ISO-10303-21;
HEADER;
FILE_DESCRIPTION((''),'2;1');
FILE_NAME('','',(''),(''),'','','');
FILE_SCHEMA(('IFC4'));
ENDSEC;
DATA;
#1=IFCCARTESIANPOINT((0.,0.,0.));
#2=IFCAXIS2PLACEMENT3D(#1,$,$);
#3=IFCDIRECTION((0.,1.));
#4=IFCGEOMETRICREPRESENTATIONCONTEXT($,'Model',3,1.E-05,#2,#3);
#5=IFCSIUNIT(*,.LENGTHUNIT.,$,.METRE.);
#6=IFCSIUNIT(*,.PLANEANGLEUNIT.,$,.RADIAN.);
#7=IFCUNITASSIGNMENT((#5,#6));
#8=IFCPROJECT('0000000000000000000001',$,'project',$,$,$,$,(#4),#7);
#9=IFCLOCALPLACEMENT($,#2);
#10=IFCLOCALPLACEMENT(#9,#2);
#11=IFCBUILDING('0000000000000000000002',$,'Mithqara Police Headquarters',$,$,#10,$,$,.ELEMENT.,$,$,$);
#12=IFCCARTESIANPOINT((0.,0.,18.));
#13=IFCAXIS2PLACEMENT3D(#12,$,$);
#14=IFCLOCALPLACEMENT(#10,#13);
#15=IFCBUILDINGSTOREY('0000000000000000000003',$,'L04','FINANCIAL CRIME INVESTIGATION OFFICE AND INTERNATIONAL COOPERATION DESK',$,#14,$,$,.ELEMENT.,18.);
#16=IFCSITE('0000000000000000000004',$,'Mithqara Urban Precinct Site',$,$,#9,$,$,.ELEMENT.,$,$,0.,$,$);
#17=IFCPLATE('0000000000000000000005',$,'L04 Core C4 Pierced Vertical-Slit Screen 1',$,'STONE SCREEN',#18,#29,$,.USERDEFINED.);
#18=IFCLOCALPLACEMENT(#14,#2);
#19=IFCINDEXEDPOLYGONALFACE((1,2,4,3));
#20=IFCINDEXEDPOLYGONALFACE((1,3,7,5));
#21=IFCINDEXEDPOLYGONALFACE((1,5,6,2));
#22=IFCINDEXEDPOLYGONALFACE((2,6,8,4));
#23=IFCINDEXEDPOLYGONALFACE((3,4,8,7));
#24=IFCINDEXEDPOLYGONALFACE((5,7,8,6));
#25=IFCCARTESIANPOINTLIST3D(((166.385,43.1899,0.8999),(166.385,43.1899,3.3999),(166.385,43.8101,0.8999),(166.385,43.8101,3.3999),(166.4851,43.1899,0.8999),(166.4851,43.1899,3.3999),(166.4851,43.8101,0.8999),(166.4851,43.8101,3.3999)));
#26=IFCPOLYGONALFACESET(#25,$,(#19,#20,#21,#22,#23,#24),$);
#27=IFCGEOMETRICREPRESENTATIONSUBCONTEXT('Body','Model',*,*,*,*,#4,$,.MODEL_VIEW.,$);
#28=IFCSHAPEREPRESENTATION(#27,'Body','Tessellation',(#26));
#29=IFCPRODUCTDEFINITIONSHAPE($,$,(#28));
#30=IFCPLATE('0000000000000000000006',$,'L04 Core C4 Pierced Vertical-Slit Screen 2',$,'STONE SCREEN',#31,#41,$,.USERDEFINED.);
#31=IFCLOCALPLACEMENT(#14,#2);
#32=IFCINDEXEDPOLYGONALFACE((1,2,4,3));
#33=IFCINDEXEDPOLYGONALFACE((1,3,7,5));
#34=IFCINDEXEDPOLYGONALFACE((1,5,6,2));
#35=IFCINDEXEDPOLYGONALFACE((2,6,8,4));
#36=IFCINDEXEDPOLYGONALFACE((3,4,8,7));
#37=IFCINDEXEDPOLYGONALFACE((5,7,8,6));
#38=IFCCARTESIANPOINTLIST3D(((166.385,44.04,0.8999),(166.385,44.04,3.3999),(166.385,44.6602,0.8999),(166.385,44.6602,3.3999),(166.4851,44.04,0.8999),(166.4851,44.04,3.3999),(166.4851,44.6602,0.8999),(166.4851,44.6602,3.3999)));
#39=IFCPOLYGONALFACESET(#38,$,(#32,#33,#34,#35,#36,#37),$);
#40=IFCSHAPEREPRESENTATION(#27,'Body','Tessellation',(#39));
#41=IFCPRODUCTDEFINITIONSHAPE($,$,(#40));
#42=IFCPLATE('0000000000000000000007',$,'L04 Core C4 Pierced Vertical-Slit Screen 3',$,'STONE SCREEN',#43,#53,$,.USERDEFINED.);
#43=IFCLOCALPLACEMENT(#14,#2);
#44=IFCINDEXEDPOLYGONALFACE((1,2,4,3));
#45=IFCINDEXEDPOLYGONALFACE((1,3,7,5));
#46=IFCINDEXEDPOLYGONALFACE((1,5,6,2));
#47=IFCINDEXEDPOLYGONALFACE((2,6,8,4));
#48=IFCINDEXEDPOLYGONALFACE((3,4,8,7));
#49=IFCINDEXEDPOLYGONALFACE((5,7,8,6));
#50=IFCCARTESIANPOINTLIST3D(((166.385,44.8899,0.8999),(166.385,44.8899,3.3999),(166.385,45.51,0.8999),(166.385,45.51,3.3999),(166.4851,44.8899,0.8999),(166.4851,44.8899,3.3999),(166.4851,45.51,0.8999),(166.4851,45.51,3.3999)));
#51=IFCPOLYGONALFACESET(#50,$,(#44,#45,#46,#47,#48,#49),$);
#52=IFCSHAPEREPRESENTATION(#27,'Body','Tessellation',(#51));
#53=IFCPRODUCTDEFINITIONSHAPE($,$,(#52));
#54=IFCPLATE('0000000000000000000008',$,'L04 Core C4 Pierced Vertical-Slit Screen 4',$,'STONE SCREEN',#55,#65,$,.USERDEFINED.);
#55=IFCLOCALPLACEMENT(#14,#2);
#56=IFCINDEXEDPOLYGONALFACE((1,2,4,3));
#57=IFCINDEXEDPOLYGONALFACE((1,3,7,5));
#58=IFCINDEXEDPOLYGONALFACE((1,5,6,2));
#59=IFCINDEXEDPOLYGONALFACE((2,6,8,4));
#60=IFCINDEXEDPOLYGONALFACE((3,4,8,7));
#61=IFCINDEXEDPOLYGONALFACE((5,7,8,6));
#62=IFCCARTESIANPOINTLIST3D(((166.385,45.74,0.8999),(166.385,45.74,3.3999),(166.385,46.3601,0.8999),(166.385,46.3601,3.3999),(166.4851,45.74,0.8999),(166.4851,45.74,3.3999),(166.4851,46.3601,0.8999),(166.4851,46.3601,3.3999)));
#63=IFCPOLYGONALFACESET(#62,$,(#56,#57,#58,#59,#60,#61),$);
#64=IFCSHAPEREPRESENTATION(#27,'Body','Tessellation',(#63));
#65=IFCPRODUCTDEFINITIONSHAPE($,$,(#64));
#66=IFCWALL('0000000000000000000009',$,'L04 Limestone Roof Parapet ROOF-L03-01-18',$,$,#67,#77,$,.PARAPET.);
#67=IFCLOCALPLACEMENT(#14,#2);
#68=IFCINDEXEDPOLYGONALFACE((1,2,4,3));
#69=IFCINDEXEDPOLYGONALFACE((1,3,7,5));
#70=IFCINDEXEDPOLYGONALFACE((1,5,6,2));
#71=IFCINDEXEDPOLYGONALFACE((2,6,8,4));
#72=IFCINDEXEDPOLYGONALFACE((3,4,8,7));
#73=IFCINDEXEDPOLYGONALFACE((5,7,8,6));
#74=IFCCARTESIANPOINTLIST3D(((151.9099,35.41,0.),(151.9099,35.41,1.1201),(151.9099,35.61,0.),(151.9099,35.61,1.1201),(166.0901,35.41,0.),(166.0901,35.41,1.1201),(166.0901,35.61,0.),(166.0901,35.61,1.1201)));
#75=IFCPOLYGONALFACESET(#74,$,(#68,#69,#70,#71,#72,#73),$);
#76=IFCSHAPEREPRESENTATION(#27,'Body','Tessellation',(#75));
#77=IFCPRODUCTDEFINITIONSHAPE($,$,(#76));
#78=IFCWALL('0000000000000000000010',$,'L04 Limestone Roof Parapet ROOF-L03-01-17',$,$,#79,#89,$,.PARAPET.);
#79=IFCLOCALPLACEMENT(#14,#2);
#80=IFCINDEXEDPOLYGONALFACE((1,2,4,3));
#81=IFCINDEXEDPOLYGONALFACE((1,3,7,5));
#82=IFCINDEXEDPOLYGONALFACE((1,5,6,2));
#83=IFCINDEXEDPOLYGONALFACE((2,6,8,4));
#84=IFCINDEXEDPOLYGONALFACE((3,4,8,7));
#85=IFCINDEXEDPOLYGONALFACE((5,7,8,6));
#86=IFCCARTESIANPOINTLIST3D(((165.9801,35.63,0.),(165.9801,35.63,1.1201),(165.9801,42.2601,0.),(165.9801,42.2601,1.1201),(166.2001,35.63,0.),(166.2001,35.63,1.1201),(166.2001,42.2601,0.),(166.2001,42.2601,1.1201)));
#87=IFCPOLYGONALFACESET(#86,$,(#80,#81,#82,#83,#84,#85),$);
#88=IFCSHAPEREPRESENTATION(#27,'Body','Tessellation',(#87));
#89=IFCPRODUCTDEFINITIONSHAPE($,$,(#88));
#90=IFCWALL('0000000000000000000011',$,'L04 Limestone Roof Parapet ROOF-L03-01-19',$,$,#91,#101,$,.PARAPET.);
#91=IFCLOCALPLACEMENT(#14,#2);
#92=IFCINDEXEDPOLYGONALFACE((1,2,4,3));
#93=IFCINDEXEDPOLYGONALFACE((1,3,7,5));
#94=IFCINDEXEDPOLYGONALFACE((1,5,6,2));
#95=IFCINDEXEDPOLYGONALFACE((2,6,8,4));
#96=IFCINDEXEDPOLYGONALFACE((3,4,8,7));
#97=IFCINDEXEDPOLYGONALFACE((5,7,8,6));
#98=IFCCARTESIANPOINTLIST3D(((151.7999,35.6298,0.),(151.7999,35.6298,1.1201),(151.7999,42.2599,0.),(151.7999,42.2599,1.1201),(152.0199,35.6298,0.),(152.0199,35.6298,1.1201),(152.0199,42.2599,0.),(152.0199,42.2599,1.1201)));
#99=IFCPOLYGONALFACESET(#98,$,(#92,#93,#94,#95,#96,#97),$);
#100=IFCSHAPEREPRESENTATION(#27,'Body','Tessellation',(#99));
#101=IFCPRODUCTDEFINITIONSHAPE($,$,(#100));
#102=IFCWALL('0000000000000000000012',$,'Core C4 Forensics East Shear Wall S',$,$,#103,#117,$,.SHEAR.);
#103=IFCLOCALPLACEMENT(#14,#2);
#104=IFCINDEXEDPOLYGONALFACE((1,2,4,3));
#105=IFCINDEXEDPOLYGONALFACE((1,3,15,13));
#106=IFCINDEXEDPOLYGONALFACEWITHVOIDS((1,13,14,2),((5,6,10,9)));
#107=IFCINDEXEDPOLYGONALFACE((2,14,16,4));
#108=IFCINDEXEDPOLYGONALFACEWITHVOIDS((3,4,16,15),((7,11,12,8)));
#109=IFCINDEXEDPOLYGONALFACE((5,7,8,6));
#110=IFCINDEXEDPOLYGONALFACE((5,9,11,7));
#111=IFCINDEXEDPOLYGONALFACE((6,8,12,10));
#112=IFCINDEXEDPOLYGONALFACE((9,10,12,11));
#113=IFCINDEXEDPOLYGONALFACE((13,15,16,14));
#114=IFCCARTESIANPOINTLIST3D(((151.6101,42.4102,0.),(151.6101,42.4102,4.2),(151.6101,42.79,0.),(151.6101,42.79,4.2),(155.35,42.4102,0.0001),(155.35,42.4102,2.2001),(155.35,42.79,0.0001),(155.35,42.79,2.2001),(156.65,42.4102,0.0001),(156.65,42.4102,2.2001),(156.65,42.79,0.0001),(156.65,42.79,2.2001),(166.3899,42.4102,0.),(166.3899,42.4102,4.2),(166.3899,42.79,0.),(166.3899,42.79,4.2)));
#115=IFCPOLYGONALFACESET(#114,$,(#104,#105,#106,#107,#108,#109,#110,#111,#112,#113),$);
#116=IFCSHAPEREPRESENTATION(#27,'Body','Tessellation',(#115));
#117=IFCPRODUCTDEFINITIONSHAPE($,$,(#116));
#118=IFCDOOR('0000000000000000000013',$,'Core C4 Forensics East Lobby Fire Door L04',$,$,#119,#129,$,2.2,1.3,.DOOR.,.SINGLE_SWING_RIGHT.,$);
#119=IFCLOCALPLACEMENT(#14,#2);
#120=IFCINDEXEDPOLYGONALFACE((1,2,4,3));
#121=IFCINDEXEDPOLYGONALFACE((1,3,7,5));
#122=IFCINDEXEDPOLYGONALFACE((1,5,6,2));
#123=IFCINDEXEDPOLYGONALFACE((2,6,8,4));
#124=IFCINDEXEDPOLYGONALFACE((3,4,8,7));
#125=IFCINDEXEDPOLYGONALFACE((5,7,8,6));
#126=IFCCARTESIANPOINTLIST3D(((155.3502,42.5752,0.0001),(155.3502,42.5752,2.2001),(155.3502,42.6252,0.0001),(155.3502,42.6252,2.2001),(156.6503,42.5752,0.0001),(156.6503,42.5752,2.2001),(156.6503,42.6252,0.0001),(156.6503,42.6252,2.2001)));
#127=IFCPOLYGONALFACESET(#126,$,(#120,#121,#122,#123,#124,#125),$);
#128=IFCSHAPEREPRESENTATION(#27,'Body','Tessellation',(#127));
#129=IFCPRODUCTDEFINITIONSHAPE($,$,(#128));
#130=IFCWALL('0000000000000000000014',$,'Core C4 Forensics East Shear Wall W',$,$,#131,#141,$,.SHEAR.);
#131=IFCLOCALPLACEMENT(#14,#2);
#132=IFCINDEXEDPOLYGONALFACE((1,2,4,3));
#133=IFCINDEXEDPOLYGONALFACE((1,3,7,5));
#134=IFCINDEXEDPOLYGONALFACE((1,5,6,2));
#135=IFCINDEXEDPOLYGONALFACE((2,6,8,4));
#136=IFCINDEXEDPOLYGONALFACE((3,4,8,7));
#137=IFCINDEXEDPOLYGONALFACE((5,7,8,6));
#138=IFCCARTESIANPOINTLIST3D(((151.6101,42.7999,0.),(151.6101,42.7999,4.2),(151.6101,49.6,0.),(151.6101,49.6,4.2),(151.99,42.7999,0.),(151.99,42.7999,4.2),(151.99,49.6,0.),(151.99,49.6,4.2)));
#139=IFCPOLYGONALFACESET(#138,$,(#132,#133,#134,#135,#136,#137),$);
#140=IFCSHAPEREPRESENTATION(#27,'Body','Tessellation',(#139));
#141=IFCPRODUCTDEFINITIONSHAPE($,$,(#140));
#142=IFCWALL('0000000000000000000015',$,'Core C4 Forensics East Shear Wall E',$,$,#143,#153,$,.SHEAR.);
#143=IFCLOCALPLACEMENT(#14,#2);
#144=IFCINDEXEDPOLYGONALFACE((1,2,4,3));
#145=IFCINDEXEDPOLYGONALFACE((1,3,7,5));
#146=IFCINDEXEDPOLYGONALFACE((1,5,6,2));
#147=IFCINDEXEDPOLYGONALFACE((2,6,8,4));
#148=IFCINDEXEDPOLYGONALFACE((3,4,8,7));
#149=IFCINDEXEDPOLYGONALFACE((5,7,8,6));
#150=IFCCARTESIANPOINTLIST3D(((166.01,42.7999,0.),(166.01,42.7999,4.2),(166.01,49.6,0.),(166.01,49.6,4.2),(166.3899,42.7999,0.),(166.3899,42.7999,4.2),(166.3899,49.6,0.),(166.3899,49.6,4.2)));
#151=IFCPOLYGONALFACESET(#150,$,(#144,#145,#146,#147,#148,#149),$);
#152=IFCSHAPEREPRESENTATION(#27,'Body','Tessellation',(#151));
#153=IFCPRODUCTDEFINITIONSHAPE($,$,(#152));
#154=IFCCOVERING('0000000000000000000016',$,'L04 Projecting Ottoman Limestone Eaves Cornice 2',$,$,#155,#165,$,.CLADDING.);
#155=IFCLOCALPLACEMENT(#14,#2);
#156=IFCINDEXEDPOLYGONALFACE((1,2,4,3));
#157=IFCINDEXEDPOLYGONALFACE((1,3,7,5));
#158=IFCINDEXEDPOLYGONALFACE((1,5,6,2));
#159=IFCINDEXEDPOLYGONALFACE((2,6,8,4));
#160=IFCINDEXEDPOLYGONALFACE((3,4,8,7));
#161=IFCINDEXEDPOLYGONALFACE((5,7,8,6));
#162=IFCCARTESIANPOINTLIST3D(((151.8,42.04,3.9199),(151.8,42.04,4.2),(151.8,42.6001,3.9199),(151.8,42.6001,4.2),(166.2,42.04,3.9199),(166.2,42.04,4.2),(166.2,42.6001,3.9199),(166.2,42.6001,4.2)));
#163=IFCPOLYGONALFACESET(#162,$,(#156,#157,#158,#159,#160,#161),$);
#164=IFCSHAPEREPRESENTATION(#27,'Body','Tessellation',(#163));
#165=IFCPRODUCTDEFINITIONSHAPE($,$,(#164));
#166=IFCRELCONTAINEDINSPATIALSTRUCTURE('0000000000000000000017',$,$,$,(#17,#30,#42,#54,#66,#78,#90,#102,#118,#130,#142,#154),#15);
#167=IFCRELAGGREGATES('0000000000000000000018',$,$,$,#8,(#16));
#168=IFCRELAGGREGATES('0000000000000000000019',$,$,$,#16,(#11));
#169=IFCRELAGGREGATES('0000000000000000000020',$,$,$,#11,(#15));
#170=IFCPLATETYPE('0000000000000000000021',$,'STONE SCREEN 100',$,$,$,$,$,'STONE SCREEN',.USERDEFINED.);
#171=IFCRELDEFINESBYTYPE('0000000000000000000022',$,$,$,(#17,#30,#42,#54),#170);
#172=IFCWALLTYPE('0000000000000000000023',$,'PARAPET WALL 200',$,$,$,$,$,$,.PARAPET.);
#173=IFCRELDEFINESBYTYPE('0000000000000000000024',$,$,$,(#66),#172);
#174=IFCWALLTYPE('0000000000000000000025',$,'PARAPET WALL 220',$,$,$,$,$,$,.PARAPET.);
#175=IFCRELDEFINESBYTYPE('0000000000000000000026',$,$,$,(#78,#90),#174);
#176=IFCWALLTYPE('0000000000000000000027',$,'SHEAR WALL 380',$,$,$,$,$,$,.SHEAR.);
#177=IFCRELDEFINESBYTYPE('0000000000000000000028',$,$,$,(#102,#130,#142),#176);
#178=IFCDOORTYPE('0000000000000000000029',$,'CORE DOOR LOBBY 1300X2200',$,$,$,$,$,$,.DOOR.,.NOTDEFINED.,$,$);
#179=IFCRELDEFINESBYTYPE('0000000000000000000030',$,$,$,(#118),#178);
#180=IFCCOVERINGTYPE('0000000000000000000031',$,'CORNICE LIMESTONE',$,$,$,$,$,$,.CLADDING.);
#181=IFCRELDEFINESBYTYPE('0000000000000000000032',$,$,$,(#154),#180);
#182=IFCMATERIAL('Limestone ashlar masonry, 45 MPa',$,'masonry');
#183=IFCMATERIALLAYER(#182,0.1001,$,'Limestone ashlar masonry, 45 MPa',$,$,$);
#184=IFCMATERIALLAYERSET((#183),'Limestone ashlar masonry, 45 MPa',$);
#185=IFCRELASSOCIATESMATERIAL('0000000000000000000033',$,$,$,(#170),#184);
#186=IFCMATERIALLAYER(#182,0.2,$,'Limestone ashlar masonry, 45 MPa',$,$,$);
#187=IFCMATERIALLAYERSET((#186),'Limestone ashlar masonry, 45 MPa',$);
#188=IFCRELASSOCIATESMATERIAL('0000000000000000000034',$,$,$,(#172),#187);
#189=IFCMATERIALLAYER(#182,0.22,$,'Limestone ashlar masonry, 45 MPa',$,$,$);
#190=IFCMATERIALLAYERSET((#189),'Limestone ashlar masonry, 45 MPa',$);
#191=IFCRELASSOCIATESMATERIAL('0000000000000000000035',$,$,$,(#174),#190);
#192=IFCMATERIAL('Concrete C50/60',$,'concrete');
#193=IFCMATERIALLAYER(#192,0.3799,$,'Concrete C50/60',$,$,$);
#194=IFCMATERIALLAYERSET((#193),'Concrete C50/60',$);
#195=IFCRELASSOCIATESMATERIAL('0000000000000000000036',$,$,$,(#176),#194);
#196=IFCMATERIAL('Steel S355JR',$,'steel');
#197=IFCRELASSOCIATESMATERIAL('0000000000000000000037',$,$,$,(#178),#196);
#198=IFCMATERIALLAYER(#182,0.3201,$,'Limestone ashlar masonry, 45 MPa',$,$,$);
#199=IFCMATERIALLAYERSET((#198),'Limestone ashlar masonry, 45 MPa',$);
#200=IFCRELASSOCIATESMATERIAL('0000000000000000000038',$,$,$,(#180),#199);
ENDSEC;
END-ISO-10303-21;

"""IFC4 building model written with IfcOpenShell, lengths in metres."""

from ifc_helpers import new_model, si_unit, direction, frame, frame_2d, origin, origin_2d, place, context, subcontext, project, spatial, rectangle, extrude, material, layer, layer_set, type_object, element, fill, save


model = new_model("IFC4")

# Units and contexts
model_context = context("Model", 3, precision=1e-05, world=origin(), true_north=direction((0.0, 1.0)))
body_context = subcontext(model_context, "Body", "Model", "MODEL_VIEW")
ifc_project = project(units=[si_unit("LENGTHUNIT", "METRE"), si_unit("PLANEANGLEUNIT", "RADIAN")], contexts=[model_context])

# Site, building, storey
site_placement = place(None, origin())
site = spatial("IfcSite", under=ifc_project, at=site_placement, Name="Mithqara Urban Precinct Site", CompositionType="ELEMENT", RefElevation=0.0)
building_placement = place(site_placement, origin())
building = spatial("IfcBuilding", under=site, at=building_placement, Name="Mithqara Police Headquarters", CompositionType="ELEMENT")
storey_placement = place(building_placement, frame((0.0, 0.0, 18.0)))
storey = spatial("IfcBuildingStorey", under=building, at=storey_placement, Name="L04", Description="FINANCIAL CRIME INVESTIGATION OFFICE AND INTERNATIONAL COOPERATION DESK", CompositionType="ELEMENT", Elevation=18.0)

# Plates
ifc_material_1 = material(Name="Limestone ashlar masonry, 45 MPa", Category="masonry")
ifc_layer_1 = layer(ifc_material_1, 0.1001, Name="Limestone ashlar masonry, 45 MPa")
ifc_layer_set_1 = layer_set([ifc_layer_1], Name="Limestone ashlar masonry, 45 MPa")
plate_type = type_object("IfcPlateType", Name="STONE SCREEN 100", ElementType="STONE SCREEN", PredefinedType="USERDEFINED", material=ifc_layer_set_1)
for number, where, z_axis, x_axis, name in (
    (1, (166.4351, 43.5, 0.8999), (0.0, 0.0, 1.0), (0.0, 1.0, 0.0), "L04 Core C4 Pierced Vertical-Slit Screen 1"),
    (2, (166.4351, 44.3501, 0.8999), (0.0, 0.0, 1.0), (0.0, 1.0, 0.0), "L04 Core C4 Pierced Vertical-Slit Screen 2"),
    (3, (166.4351, 45.2, 0.8999), (0.0, 0.0, 1.0), (0.0, 1.0, 0.0), "L04 Core C4 Pierced Vertical-Slit Screen 3"),
    (4, (166.4351, 46.05, 0.8999), (0.0, 0.0, 1.0), (0.0, 1.0, 0.0), "L04 Core C4 Pierced Vertical-Slit Screen 4"),
):
    element("IfcPlate", number, at=place(storey_placement, frame(where, z_axis=z_axis, x_axis=x_axis)), inside=storey, type_object=plate_type, Name=name, ObjectType="STONE SCREEN", PredefinedType="USERDEFINED", context=body_context, shape_type="SweptSolid", body=[
        extrude(rectangle(XDim=0.6201, YDim=0.1001, at=origin_2d()), origin(), (0.0, 0.0, 1.0), 2.5),
    ])

# Walls
ifc_layer_2 = layer(ifc_material_1, 0.2, Name="Limestone ashlar masonry, 45 MPa")
ifc_layer_set_2 = layer_set([ifc_layer_2], Name="Limestone ashlar masonry, 45 MPa")
wall_type_1 = type_object("IfcWallType", Name="PARAPET WALL 200", PredefinedType="PARAPET", material=ifc_layer_set_2)
wall_1_placement = place(storey_placement, frame((166.0901, 35.51, 0.0), z_axis=(0.0, 0.0, 1.0), x_axis=(-1.0, 0.0, 0.0)))
element("IfcWall", 5, at=wall_1_placement, inside=storey, type_object=wall_type_1, Name="L04 Limestone Roof Parapet ROOF-L03-01-18", PredefinedType="PARAPET", context=body_context, shape_type="SweptSolid", body=[
    extrude(rectangle(XDim=14.1802, YDim=0.2, at=frame_2d((7.0901, 0.0))), origin(), (0.0, 0.0, 1.0), 1.1201),
])
ifc_layer_3 = layer(ifc_material_1, 0.22, Name="Limestone ashlar masonry, 45 MPa")
ifc_layer_set_3 = layer_set([ifc_layer_3], Name="Limestone ashlar masonry, 45 MPa")
wall_type_2 = type_object("IfcWallType", Name="PARAPET WALL 220", PredefinedType="PARAPET", material=ifc_layer_set_3)
for number, where, z_axis, x_axis, name in (
    (6, (166.0901, 42.26, 0.0), (0.0, 0.0, 1.0), (0.0, -1.0, 0.0), "L04 Limestone Roof Parapet ROOF-L03-01-17"),
    (7, (151.9099, 35.6299, 0.0), (0.0, 0.0, 1.0), (0.0, 1.0, 0.0), "L04 Limestone Roof Parapet ROOF-L03-01-19"),
):
    element("IfcWall", number, at=place(storey_placement, frame(where, z_axis=z_axis, x_axis=x_axis)), inside=storey, type_object=wall_type_2, Name=name, PredefinedType="PARAPET", context=body_context, shape_type="SweptSolid", body=[
        extrude(rectangle(XDim=6.6301, YDim=0.22, at=frame_2d((3.3149, 0.0))), origin(), (0.0, 0.0, 1.0), 1.1201),
    ])

# Wall, opening, door
ifc_material_2 = material(Name="Concrete C50/60", Category="concrete")
ifc_layer_4 = layer(ifc_material_2, 0.3799, Name="Concrete C50/60")
ifc_layer_set_4 = layer_set([ifc_layer_4], Name="Concrete C50/60")
wall_type_3 = type_object("IfcWallType", Name="SHEAR WALL 380", PredefinedType="SHEAR", material=ifc_layer_set_4)
wall_2_placement = place(storey_placement, frame((151.6101, 42.6001, 0.0), z_axis=(0.0, 0.0, 1.0), x_axis=(1.0, 0.0, 0.0)))
wall_2 = element("IfcWall", 8, at=wall_2_placement, inside=storey, type_object=wall_type_3, Name="Core C4 Forensics East Shear Wall S", PredefinedType="SHEAR", context=body_context, shape_type="SweptSolid", body=[
    extrude(rectangle(XDim=14.7798, YDim=0.3799, at=frame_2d((7.3899, 0.0))), origin(), (0.0, 0.0, 1.0), 4.2),
])
opening_1_placement = place(wall_2_placement, frame((3.74, 0.0, 0.0)))
opening_1 = element("IfcOpeningElement", 9, at=opening_1_placement, cuts=wall_2, PredefinedType="OPENING", context=body_context, shape_type="SweptSolid", body=[
    extrude(rectangle(XDim=1.3, YDim=2.2, at=frame_2d((0.6499, 1.1001))), frame((0.0, 0.2, 0.0), z_axis=(0.0, -1.0, 0.0), x_axis=(1.0, 0.0, 0.0)), (0.0, 0.0, 1.0), 0.3999),
])
ifc_material_3 = material(Name="Steel S355JR", Category="steel")
door_type_1 = type_object("IfcDoorType", Name="CORE DOOR LOBBY 1300X2200", OperationType="NOTDEFINED", PredefinedType="DOOR", material=ifc_material_3)
door_1_placement = place(opening_1_placement, frame((1.3, 0.0, 0.0), z_axis=(0.0, 0.0, 1.0), x_axis=(-1.0, 0.0, 0.0)))
door_1 = element("IfcDoor", 10, at=door_1_placement, inside=storey, type_object=door_type_1, Name="Core C4 Forensics East Lobby Fire Door L04", OperationType="SINGLE_SWING_RIGHT", OverallHeight=2.2, OverallWidth=1.3, PredefinedType="DOOR", context=body_context, shape_type="SweptSolid", body=[
    extrude(rectangle(XDim=1.3, YDim=2.2, at=frame_2d((0.6499, 1.1001))), frame((0.0, 0.0249, 0.0), z_axis=(0.0, -1.0, 0.0), x_axis=(1.0, 0.0, 0.0)), (0.0, 0.0, 1.0), 0.05),
])
fill(opening_1, door_1)

# Walls
for number, where, z_axis, x_axis, name in (
    (11, (151.8, 42.8, 0.0), (0.0, 0.0, 1.0), (0.0, 1.0, 0.0), "Core C4 Forensics East Shear Wall W"),
    (12, (166.2, 42.8, 0.0), (0.0, 0.0, 1.0), (0.0, 1.0, 0.0), "Core C4 Forensics East Shear Wall E"),
):
    element("IfcWall", number, at=place(storey_placement, frame(where, z_axis=z_axis, x_axis=x_axis)), inside=storey, type_object=wall_type_3, Name=name, PredefinedType="SHEAR", context=body_context, shape_type="SweptSolid", body=[
        extrude(rectangle(XDim=6.8, YDim=0.3799, at=frame_2d((3.3999, 0.0))), origin(), (0.0, 0.0, 1.0), 4.2),
    ])

# Covering
ifc_layer_5 = layer(ifc_material_1, 0.3201, Name="Limestone ashlar masonry, 45 MPa")
ifc_layer_set_5 = layer_set([ifc_layer_5], Name="Limestone ashlar masonry, 45 MPa")
covering_type = type_object("IfcCoveringType", Name="CORNICE LIMESTONE", PredefinedType="CLADDING", material=ifc_layer_set_5)
covering_placement = place(storey_placement, frame((159.0, 42.3201, 3.9199), z_axis=(0.0, 0.0, 1.0), x_axis=(1.0, 0.0, 0.0)))
element("IfcCovering", 13, at=covering_placement, inside=storey, type_object=covering_type, Name="L04 Projecting Ottoman Limestone Eaves Cornice 2", PredefinedType="CLADDING", context=body_context, shape_type="SweptSolid", body=[
    extrude(rectangle(XDim=14.3999, YDim=0.5601, at=origin_2d()), origin(), (0.0, 0.0, 1.0), 0.28),
])

save(model, "model.ifc")
